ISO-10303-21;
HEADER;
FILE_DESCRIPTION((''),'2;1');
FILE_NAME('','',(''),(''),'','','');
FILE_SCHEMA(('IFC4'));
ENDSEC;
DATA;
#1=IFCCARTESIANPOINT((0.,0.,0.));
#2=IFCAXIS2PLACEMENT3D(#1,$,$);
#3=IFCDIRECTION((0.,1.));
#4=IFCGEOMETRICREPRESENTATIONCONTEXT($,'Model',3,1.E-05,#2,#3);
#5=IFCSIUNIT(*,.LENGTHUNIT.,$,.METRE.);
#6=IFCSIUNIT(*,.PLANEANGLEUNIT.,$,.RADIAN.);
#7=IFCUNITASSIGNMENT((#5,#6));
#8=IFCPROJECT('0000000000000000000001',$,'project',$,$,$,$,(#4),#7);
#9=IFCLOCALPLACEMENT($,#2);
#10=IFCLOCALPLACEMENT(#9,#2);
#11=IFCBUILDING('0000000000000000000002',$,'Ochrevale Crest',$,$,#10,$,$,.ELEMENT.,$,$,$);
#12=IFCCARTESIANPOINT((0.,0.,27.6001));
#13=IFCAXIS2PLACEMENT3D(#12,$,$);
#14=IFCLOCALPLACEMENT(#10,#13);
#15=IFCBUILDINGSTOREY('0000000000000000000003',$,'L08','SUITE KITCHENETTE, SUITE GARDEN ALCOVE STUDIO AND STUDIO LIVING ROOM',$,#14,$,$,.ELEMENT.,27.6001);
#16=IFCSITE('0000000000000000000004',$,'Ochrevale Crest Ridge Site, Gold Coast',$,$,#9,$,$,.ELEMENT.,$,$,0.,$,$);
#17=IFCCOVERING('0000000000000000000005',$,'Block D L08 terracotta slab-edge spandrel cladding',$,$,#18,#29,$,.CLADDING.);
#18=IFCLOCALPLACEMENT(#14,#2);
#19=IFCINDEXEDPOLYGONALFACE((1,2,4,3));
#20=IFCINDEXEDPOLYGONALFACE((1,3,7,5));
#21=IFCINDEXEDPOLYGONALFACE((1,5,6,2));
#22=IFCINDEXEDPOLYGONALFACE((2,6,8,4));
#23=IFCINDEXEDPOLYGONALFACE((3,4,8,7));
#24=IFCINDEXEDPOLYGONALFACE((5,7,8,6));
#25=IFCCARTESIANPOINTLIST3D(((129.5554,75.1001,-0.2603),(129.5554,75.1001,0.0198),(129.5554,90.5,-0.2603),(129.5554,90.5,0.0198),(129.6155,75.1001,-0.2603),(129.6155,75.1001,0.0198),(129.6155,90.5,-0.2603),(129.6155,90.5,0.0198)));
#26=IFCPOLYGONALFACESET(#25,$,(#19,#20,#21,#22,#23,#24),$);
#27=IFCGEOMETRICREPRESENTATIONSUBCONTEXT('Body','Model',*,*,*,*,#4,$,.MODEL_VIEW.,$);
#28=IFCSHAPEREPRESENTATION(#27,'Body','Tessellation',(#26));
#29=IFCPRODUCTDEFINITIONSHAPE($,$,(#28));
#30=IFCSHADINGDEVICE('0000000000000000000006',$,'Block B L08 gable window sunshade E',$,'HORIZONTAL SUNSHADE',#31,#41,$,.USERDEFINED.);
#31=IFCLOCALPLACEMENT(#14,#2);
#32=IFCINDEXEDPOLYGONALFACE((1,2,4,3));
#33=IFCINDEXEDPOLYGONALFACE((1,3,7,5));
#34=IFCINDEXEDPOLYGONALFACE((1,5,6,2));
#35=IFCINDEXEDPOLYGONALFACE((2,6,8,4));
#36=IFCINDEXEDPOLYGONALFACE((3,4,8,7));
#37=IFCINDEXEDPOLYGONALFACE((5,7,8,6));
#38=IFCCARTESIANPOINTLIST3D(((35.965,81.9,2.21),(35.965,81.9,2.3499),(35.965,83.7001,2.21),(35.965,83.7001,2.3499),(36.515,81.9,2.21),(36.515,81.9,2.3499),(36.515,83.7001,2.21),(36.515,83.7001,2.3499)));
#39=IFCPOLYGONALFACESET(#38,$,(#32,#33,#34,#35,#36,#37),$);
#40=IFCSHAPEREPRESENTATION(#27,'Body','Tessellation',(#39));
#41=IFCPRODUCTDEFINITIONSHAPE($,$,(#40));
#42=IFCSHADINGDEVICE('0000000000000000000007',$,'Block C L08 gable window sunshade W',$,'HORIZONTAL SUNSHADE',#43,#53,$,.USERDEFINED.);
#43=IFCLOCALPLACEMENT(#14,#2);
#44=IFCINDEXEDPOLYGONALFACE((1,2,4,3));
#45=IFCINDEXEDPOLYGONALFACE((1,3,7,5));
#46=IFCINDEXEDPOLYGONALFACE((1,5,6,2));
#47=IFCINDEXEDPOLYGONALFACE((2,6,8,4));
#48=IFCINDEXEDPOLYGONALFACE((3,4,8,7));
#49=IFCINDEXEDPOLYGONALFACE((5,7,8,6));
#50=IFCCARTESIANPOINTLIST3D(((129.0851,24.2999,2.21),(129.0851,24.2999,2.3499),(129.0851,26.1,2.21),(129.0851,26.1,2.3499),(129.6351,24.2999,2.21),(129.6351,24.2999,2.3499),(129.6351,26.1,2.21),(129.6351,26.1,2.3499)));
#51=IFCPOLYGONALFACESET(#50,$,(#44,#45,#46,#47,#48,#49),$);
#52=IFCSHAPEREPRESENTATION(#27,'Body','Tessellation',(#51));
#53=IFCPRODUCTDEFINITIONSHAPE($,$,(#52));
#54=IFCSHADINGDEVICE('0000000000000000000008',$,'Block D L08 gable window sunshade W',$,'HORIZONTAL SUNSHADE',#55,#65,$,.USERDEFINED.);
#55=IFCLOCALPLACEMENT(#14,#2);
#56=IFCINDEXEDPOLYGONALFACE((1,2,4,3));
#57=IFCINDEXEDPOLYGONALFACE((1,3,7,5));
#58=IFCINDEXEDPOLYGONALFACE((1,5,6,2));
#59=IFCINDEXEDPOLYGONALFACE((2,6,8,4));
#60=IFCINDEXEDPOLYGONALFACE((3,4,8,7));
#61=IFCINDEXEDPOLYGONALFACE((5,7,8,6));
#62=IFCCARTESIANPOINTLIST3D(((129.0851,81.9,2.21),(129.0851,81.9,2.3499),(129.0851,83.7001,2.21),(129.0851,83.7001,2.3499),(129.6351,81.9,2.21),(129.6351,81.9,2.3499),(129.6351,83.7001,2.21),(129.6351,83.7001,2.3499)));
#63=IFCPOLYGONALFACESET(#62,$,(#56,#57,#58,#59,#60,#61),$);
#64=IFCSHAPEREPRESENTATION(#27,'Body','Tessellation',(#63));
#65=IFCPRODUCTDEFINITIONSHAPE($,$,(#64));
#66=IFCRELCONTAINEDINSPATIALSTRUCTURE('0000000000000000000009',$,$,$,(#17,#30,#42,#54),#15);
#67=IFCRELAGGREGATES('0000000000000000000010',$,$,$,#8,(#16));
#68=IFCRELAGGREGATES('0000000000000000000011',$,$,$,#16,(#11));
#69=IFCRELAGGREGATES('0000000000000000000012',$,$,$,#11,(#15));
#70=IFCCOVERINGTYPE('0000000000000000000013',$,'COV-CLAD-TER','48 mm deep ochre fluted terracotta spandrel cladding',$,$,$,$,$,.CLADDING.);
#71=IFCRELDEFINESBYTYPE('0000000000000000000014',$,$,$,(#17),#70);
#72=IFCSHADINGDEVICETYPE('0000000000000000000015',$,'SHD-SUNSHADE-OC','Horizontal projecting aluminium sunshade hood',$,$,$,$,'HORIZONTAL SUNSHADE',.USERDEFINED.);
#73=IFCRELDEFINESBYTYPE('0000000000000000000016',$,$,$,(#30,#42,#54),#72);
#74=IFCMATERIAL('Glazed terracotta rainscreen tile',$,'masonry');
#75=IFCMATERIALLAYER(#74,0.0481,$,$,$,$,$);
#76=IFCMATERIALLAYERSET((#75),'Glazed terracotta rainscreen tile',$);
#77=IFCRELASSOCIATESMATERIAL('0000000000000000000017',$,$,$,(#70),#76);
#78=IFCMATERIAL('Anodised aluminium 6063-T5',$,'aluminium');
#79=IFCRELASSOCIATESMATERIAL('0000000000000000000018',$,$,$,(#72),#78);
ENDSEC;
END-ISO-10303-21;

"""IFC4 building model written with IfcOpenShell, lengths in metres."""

from ifc_helpers import new_model, si_unit, direction, frame, origin, origin_2d, place, context, subcontext, project, spatial, rectangle, extrude, material, layer, layer_set, type_object, element, save


model = new_model("IFC4")

# Units and contexts
model_context = context("Model", 3, precision=1e-05, world=origin(), true_north=direction((0.0, 1.0)))
body_context = subcontext(model_context, "Body", "Model", "MODEL_VIEW")
ifc_project = project(units=[si_unit("LENGTHUNIT", "METRE"), si_unit("PLANEANGLEUNIT", "RADIAN")], contexts=[model_context])

# Site, building, storey
site_placement = place(None, origin())
site = spatial("IfcSite", under=ifc_project, at=site_placement, Name="Ochrevale Crest Ridge Site, Gold Coast", CompositionType="ELEMENT", RefElevation=0.0)
building_placement = place(site_placement, origin())
building = spatial("IfcBuilding", under=site, at=building_placement, Name="Ochrevale Crest", CompositionType="ELEMENT")
storey_placement = place(building_placement, frame((0.0, 0.0, 27.6001)))
storey = spatial("IfcBuildingStorey", under=building, at=storey_placement, Name="L08", Description="SUITE KITCHENETTE, SUITE GARDEN ALCOVE STUDIO AND STUDIO LIVING ROOM", CompositionType="ELEMENT", Elevation=27.6001)

# Shared definitions
ifc_material_1 = material(Name="Anodised aluminium 6063-T5", Category="aluminium")

# Covering
ifc_material_2 = material(Name="Glazed terracotta rainscreen tile", Category="masonry")
ifc_layer_1 = layer(ifc_material_2, 0.0481)
ifc_layer_set_1 = layer_set([ifc_layer_1], Name="Glazed terracotta rainscreen tile")
covering_type = type_object("IfcCoveringType", Name="COV-CLAD-TER", Description="48 mm deep ochre fluted terracotta spandrel cladding", PredefinedType="CLADDING", material=ifc_layer_set_1)
covering_1_placement = place(storey_placement, frame((129.5854, 82.8, -0.2603), z_axis=(0.0, 0.0, 1.0), x_axis=(0.0, -1.0, 0.0)))
element("IfcCovering", 1, at=covering_1_placement, inside=storey, type_object=covering_type, Name="Block D L08 terracotta slab-edge spandrel cladding", PredefinedType="CLADDING", context=body_context, shape_type="SweptSolid", body=[
    extrude(rectangle(XDim=15.3999, YDim=0.0601, at=origin_2d()), origin(), (0.0, 0.0, 1.0), 0.28),
])

# Shading devices
shading_device_type = type_object("IfcShadingDeviceType", Name="SHD-SUNSHADE-OC", Description="Horizontal projecting aluminium sunshade hood", ElementType="HORIZONTAL SUNSHADE", PredefinedType="USERDEFINED", material=ifc_material_1)
for number, where, z_axis, x_axis, name in (
    (2, (36.24, 82.8, 2.21), (0.0, 0.0, 1.0), (1.0, 0.0, 0.0), "Block B L08 gable window sunshade E"),
    (3, (129.3601, 25.2, 2.21), (0.0, 0.0, 1.0), (1.0, 0.0, 0.0), "Block C L08 gable window sunshade W"),
    (4, (129.3601, 82.8, 2.21), (0.0, 0.0, 1.0), (1.0, 0.0, 0.0), "Block D L08 gable window sunshade W"),
):
    element("IfcShadingDevice", number, at=place(storey_placement, frame(where, z_axis=z_axis, x_axis=x_axis)), inside=storey, type_object=shading_device_type, Name=name, ObjectType="HORIZONTAL SUNSHADE", PredefinedType="USERDEFINED", context=body_context, shape_type="SweptSolid", body=[
        extrude(rectangle(XDim=0.55, YDim=1.8, at=origin_2d()), origin(), (0.0, 0.0, 1.0), 0.1399),
    ])

save(model, "model.ifc")
